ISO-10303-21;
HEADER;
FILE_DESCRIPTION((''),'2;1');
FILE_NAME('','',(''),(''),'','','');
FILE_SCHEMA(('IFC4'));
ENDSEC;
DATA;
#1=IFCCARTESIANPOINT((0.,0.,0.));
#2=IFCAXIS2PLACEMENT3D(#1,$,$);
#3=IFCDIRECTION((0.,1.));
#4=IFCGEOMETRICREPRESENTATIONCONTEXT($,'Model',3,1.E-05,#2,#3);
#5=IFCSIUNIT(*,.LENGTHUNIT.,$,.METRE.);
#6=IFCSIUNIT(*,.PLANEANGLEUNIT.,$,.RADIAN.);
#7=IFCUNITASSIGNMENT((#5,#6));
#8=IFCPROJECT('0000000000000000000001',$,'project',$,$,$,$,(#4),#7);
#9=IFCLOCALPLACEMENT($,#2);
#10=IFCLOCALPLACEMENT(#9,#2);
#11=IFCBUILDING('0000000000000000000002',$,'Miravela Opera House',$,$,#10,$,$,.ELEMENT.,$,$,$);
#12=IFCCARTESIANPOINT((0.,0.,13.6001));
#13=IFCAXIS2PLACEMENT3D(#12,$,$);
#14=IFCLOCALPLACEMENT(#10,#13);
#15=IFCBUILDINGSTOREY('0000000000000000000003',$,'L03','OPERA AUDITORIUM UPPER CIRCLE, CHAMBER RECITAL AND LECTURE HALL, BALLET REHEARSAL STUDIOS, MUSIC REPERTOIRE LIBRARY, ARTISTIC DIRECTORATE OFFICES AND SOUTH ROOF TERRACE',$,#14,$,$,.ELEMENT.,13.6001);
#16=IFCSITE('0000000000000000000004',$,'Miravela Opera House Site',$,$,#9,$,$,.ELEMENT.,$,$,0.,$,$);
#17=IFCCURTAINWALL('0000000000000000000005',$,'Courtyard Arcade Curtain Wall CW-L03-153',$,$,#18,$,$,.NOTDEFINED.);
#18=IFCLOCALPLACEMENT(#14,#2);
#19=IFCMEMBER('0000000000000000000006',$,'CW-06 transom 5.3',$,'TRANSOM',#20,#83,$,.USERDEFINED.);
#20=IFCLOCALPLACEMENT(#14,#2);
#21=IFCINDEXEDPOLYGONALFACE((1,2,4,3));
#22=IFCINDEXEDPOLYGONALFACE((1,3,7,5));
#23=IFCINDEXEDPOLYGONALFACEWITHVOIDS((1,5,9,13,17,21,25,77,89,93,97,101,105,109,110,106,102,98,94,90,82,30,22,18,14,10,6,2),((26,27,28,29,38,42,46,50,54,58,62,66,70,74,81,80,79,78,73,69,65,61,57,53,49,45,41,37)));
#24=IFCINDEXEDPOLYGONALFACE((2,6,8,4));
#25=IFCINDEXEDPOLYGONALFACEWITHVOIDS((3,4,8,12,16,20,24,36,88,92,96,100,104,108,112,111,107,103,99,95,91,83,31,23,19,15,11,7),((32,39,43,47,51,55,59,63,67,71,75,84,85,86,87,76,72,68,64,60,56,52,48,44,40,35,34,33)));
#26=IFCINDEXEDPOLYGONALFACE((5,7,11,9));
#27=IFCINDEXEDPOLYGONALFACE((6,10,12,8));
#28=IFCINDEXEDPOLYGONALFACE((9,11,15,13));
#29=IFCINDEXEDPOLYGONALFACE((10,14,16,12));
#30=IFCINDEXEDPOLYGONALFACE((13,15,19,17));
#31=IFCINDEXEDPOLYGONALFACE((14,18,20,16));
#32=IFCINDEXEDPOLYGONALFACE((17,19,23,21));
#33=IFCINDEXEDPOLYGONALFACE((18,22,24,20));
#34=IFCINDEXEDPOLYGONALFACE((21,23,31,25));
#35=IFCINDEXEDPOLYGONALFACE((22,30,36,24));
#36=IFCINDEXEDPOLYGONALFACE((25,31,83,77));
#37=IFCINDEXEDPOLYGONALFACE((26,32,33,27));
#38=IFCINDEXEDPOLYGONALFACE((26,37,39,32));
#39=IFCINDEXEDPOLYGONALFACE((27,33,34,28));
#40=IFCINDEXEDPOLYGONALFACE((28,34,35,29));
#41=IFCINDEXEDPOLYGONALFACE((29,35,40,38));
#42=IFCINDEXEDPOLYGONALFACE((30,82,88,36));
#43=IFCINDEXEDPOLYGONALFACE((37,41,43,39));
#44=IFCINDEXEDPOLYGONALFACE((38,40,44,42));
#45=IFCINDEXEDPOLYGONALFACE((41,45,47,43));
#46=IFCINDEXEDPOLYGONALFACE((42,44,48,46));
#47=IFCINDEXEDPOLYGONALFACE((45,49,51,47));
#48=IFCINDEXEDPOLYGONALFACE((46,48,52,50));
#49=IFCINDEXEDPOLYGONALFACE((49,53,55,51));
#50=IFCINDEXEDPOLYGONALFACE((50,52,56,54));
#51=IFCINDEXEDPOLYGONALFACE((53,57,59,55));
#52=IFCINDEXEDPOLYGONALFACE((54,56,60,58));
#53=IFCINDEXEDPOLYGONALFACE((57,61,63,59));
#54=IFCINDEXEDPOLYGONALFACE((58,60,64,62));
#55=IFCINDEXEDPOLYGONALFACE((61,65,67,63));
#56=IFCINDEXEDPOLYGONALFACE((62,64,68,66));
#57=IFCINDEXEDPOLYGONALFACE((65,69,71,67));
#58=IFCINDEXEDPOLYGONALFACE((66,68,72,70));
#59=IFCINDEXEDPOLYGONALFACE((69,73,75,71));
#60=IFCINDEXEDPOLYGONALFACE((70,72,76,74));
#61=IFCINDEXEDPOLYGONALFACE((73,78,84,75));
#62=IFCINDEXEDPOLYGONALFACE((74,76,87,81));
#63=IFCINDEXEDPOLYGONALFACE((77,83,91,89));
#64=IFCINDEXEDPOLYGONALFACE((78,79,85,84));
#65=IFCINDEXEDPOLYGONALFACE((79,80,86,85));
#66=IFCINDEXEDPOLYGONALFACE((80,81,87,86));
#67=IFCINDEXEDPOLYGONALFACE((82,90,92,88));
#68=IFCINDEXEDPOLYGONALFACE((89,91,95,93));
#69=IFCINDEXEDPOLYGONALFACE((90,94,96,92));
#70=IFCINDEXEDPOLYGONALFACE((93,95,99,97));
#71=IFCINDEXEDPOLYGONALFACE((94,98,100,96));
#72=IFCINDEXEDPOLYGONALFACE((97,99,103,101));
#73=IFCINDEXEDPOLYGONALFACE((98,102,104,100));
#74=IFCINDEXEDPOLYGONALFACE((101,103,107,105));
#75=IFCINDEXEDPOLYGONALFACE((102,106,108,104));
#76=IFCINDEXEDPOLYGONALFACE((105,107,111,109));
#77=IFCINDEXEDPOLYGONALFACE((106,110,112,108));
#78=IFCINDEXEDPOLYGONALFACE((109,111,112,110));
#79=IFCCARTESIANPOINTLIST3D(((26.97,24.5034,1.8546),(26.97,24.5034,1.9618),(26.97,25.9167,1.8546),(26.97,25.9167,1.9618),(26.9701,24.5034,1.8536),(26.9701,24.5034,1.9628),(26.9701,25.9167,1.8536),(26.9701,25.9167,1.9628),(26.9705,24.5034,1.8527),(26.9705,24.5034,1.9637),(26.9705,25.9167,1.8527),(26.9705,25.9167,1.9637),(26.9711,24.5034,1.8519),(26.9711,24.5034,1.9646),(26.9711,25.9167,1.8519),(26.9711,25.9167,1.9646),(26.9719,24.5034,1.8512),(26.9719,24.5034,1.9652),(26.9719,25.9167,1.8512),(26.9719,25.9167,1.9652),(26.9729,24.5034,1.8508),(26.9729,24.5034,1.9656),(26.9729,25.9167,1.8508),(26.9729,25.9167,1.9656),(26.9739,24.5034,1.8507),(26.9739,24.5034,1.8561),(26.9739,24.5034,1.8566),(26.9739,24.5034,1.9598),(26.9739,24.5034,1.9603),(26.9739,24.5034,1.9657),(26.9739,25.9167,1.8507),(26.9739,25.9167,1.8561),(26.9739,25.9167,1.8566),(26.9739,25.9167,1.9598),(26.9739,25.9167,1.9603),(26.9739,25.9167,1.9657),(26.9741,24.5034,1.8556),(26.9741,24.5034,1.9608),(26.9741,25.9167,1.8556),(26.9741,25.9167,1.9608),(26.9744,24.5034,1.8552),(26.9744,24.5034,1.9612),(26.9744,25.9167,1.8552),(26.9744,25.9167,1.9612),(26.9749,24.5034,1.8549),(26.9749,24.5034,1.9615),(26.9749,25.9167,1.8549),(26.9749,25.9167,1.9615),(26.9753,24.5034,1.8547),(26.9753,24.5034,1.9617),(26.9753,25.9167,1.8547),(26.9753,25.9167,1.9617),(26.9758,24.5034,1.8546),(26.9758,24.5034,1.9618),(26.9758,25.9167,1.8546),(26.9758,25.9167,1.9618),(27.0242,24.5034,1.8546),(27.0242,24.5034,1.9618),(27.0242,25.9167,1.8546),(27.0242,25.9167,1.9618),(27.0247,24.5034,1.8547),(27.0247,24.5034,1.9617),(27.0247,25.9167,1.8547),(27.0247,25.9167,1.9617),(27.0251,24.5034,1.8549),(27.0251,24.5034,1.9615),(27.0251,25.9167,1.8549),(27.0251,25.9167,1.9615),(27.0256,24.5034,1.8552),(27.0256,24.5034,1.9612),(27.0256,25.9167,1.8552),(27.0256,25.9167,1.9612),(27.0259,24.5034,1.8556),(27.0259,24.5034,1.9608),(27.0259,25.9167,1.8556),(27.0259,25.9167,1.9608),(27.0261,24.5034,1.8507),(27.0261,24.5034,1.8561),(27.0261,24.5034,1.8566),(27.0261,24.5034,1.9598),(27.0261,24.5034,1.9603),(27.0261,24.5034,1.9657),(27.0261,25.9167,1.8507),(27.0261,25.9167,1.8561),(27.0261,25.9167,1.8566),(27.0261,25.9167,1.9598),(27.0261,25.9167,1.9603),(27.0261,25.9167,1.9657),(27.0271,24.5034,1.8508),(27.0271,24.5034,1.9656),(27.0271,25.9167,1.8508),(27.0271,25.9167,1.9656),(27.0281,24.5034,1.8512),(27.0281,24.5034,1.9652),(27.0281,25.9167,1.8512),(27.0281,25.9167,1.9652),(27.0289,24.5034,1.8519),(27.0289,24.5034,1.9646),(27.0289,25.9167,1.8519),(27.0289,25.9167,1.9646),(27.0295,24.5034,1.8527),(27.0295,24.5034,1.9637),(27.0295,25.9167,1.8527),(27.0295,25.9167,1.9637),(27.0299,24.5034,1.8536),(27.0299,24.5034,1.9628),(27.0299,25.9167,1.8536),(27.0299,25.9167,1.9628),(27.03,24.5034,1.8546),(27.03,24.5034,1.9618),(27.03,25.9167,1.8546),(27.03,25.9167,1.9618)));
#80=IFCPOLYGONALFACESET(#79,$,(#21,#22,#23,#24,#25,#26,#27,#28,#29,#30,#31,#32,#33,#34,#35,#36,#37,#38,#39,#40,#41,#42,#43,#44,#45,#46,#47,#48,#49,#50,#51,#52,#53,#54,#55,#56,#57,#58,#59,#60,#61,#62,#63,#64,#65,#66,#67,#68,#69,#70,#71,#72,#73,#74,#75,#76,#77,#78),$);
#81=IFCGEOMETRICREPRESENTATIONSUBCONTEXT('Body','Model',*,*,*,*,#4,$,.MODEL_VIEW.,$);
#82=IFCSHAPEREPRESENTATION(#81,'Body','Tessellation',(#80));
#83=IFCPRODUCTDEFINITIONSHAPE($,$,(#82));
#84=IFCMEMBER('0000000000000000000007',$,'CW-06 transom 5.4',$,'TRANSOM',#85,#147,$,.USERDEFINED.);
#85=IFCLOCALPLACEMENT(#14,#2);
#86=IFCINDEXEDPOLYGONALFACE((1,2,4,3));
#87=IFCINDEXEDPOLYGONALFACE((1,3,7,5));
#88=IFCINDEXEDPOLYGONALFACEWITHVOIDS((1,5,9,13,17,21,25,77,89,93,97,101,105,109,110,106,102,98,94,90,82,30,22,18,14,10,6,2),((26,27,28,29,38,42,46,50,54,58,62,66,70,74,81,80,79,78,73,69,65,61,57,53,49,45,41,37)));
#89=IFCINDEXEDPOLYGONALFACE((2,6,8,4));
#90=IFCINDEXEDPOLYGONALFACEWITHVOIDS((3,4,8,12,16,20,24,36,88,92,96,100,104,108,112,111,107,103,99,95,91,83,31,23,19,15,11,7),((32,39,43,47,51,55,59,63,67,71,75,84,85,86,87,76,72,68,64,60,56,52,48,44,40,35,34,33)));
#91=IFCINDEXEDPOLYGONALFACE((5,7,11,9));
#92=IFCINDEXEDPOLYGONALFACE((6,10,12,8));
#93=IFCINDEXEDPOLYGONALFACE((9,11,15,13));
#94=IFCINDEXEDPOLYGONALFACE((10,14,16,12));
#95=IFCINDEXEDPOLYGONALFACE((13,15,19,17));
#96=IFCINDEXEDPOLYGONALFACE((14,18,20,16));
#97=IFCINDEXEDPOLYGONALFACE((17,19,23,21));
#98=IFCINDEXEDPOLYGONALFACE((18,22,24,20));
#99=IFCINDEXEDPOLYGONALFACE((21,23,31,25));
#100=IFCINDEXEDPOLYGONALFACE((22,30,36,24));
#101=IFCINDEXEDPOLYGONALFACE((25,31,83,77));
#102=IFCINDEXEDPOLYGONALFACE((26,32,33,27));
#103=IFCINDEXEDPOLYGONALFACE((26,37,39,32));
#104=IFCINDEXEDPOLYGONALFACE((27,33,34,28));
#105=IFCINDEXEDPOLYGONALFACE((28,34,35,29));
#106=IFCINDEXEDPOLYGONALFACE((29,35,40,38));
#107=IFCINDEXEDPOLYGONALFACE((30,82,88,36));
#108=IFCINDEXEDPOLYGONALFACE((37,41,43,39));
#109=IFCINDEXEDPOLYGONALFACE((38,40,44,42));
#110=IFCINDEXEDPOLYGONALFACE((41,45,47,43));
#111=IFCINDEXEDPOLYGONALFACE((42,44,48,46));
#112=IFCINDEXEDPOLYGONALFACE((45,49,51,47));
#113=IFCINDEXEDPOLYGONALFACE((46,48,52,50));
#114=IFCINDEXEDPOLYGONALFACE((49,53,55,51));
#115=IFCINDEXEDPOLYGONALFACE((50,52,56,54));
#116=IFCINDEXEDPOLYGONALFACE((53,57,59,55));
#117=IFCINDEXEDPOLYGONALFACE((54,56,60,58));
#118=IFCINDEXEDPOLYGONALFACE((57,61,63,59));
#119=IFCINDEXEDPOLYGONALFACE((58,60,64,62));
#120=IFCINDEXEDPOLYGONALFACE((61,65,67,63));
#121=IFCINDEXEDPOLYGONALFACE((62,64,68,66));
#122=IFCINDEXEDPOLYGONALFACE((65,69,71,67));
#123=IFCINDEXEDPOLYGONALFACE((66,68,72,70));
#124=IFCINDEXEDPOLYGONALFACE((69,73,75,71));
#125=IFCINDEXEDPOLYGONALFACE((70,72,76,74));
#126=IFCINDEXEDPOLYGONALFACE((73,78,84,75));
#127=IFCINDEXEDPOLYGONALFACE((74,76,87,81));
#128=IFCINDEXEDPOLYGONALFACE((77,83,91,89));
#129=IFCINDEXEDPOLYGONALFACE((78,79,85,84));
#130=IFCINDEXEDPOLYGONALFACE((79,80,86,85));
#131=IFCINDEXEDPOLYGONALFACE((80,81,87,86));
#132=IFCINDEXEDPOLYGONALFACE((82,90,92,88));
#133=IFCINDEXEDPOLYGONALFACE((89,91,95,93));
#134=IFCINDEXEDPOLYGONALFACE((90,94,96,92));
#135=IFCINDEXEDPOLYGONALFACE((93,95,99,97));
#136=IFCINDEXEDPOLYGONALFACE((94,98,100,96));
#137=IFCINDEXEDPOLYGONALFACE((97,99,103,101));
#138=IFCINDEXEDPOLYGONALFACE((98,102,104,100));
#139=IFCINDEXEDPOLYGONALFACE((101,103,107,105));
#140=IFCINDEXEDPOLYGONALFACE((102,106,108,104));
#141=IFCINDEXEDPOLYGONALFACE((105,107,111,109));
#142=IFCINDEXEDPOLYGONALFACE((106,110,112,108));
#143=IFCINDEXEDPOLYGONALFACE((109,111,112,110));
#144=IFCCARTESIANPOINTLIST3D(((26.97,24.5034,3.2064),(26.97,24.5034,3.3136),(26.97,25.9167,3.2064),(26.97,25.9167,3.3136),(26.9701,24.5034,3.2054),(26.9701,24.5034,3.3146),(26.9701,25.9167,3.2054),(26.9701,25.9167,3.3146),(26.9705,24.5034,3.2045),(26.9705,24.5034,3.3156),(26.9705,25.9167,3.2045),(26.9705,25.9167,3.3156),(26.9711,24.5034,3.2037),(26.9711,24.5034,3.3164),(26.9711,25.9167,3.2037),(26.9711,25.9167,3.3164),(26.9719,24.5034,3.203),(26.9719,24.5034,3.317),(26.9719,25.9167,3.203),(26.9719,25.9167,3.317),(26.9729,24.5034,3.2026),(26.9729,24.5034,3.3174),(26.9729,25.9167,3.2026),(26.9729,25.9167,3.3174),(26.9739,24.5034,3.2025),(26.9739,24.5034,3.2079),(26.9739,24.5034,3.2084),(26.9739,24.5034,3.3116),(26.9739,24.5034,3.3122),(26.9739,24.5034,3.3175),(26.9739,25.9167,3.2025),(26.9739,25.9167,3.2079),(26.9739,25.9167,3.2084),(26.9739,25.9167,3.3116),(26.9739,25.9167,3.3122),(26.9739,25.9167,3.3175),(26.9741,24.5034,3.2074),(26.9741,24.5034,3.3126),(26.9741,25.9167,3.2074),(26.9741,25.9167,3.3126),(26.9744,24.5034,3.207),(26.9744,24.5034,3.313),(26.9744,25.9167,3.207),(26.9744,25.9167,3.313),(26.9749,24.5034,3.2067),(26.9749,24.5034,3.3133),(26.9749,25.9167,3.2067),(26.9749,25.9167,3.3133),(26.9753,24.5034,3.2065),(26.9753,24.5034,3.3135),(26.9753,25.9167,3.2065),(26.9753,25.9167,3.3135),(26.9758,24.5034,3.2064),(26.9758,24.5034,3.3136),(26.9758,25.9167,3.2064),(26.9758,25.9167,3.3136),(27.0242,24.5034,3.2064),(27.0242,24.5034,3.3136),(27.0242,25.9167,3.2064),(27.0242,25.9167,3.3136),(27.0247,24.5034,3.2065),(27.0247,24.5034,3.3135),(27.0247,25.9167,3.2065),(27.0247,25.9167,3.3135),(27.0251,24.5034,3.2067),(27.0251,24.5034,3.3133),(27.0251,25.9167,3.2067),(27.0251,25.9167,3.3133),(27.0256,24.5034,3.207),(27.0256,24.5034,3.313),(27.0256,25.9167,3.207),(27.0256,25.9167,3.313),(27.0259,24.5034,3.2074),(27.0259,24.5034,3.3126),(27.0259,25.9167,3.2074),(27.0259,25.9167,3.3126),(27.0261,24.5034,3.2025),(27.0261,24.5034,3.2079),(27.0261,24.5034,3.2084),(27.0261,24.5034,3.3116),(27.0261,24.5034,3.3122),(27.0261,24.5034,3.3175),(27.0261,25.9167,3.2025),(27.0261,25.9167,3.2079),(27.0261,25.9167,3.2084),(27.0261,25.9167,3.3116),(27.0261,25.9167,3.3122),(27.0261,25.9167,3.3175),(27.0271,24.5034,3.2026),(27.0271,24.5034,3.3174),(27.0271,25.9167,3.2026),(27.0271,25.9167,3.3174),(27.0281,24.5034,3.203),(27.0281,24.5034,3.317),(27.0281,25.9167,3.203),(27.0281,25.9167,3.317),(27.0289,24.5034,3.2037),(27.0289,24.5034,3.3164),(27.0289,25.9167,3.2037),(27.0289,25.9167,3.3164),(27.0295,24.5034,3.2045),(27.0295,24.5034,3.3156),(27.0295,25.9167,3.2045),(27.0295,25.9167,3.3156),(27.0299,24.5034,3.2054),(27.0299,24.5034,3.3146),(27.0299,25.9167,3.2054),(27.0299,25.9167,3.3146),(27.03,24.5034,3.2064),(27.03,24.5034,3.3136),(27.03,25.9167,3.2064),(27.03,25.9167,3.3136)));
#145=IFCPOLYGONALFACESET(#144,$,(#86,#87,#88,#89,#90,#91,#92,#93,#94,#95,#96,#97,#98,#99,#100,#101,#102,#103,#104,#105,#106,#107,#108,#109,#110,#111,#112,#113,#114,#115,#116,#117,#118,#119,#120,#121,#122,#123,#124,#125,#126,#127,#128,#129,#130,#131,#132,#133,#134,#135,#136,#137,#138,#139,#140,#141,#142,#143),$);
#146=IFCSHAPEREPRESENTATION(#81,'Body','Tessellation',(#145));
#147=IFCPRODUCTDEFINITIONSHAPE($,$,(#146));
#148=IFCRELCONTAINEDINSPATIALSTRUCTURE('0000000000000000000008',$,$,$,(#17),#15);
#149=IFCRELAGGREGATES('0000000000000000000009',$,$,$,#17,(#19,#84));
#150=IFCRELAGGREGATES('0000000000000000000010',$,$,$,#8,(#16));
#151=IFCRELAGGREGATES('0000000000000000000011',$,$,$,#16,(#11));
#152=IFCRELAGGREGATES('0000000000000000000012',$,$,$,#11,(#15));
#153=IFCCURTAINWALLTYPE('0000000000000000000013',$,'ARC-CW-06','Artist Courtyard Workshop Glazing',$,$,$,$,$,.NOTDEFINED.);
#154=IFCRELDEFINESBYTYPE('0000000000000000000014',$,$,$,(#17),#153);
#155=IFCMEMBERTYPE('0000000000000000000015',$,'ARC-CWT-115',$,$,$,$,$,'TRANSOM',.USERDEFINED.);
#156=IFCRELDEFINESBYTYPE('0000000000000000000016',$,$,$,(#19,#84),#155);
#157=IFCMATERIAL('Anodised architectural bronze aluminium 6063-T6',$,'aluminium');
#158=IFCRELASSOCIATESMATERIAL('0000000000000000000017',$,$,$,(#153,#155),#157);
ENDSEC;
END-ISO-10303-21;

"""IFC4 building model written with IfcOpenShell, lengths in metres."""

from ifc_helpers import new_model, si_unit, direction, frame, origin, origin_2d, place, context, subcontext, project, spatial, hollow_rectangle, extrude, material, material_profile, profile_set, type_object, element, aggregate, save


model = new_model("IFC4")

# Units and contexts
model_context = context("Model", 3, precision=1e-05, world=origin(), true_north=direction((0.0, 1.0)))
body_context = subcontext(model_context, "Body", "Model", "MODEL_VIEW")
ifc_project = project(units=[si_unit("LENGTHUNIT", "METRE"), si_unit("PLANEANGLEUNIT", "RADIAN")], contexts=[model_context])

# Site, building, storey
site_placement = place(None, origin())
site = spatial("IfcSite", under=ifc_project, at=site_placement, Name="Miravela Opera House Site", CompositionType="ELEMENT", RefElevation=0.0)
building_placement = place(site_placement, origin())
building = spatial("IfcBuilding", under=site, at=building_placement, Name="Miravela Opera House", CompositionType="ELEMENT")
storey_placement = place(building_placement, frame((0.0, 0.0, 13.6001)))
storey = spatial("IfcBuildingStorey", under=building, at=storey_placement, Name="L03", Description="OPERA AUDITORIUM UPPER CIRCLE, CHAMBER RECITAL AND LECTURE HALL, BALLET REHEARSAL STUDIOS, MUSIC REPERTOIRE LIBRARY, ARTISTIC DIRECTORATE OFFICES AND SOUTH ROOF TERRACE", CompositionType="ELEMENT", Elevation=13.6001)

# Shared definitions
ifc_material_1 = material(Name="Anodised architectural bronze aluminium 6063-T6", Category="aluminium")
curtain_wall_type = type_object("IfcCurtainWallType", Name="ARC-CW-06", Description="Artist Courtyard Workshop Glazing", PredefinedType="NOTDEFINED", material=ifc_material_1)

# Curtain wall
curtain_wall_1_placement = place(storey_placement, origin())
curtain_wall_1 = element("IfcCurtainWall", 1, at=curtain_wall_1_placement, inside=storey, type_object=curtain_wall_type, Name="Courtyard Arcade Curtain Wall CW-L03-153", PredefinedType="NOTDEFINED")

# Members
ifc_material_profile_1 = material_profile(ifc_material_1, hollow_rectangle(XDim=0.0601, YDim=0.115, WallThickness=0.0039, InnerFilletRadius=0.002, OuterFilletRadius=0.0039, at=origin_2d()), Name="CWT-60X115")
ifc_profile_set_1 = profile_set([ifc_material_profile_1])
member_type_1 = type_object("IfcMemberType", Name="ARC-CWT-115", ElementType="TRANSOM", PredefinedType="USERDEFINED", material=ifc_profile_set_1)
member_1_placement = place(storey_placement, frame((27.0, 24.5034, 1.9082), z_axis=(0.0, 1.0, 0.0), x_axis=(-1.0, 0.0, 0.0)))
member_1 = element("IfcMember", 2, at=member_1_placement, type_object=member_type_1, Name="CW-06 transom 5.3", ObjectType="TRANSOM", PredefinedType="USERDEFINED", context=body_context, shape_type="SweptSolid", body=[
    extrude(hollow_rectangle(XDim=0.0601, YDim=0.115, WallThickness=0.0039, InnerFilletRadius=0.002, OuterFilletRadius=0.0039, at=origin_2d()), origin(), (0.0, 0.0, 1.0), 1.4133),
])
member_2_placement = place(storey_placement, frame((27.0, 24.5034, 3.26), z_axis=(0.0, 1.0, 0.0), x_axis=(-1.0, 0.0, 0.0)))
member_2 = element("IfcMember", 3, at=member_2_placement, type_object=member_type_1, Name="CW-06 transom 5.4", ObjectType="TRANSOM", PredefinedType="USERDEFINED", context=body_context, shape_type="SweptSolid", body=[
    extrude(hollow_rectangle(XDim=0.0601, YDim=0.115, WallThickness=0.0039, InnerFilletRadius=0.002, OuterFilletRadius=0.0039, at=origin_2d()), origin(), (0.0, 0.0, 1.0), 1.4133),
])

aggregate(curtain_wall_1, [member_1, member_2])

save(model, "model.ifc")
